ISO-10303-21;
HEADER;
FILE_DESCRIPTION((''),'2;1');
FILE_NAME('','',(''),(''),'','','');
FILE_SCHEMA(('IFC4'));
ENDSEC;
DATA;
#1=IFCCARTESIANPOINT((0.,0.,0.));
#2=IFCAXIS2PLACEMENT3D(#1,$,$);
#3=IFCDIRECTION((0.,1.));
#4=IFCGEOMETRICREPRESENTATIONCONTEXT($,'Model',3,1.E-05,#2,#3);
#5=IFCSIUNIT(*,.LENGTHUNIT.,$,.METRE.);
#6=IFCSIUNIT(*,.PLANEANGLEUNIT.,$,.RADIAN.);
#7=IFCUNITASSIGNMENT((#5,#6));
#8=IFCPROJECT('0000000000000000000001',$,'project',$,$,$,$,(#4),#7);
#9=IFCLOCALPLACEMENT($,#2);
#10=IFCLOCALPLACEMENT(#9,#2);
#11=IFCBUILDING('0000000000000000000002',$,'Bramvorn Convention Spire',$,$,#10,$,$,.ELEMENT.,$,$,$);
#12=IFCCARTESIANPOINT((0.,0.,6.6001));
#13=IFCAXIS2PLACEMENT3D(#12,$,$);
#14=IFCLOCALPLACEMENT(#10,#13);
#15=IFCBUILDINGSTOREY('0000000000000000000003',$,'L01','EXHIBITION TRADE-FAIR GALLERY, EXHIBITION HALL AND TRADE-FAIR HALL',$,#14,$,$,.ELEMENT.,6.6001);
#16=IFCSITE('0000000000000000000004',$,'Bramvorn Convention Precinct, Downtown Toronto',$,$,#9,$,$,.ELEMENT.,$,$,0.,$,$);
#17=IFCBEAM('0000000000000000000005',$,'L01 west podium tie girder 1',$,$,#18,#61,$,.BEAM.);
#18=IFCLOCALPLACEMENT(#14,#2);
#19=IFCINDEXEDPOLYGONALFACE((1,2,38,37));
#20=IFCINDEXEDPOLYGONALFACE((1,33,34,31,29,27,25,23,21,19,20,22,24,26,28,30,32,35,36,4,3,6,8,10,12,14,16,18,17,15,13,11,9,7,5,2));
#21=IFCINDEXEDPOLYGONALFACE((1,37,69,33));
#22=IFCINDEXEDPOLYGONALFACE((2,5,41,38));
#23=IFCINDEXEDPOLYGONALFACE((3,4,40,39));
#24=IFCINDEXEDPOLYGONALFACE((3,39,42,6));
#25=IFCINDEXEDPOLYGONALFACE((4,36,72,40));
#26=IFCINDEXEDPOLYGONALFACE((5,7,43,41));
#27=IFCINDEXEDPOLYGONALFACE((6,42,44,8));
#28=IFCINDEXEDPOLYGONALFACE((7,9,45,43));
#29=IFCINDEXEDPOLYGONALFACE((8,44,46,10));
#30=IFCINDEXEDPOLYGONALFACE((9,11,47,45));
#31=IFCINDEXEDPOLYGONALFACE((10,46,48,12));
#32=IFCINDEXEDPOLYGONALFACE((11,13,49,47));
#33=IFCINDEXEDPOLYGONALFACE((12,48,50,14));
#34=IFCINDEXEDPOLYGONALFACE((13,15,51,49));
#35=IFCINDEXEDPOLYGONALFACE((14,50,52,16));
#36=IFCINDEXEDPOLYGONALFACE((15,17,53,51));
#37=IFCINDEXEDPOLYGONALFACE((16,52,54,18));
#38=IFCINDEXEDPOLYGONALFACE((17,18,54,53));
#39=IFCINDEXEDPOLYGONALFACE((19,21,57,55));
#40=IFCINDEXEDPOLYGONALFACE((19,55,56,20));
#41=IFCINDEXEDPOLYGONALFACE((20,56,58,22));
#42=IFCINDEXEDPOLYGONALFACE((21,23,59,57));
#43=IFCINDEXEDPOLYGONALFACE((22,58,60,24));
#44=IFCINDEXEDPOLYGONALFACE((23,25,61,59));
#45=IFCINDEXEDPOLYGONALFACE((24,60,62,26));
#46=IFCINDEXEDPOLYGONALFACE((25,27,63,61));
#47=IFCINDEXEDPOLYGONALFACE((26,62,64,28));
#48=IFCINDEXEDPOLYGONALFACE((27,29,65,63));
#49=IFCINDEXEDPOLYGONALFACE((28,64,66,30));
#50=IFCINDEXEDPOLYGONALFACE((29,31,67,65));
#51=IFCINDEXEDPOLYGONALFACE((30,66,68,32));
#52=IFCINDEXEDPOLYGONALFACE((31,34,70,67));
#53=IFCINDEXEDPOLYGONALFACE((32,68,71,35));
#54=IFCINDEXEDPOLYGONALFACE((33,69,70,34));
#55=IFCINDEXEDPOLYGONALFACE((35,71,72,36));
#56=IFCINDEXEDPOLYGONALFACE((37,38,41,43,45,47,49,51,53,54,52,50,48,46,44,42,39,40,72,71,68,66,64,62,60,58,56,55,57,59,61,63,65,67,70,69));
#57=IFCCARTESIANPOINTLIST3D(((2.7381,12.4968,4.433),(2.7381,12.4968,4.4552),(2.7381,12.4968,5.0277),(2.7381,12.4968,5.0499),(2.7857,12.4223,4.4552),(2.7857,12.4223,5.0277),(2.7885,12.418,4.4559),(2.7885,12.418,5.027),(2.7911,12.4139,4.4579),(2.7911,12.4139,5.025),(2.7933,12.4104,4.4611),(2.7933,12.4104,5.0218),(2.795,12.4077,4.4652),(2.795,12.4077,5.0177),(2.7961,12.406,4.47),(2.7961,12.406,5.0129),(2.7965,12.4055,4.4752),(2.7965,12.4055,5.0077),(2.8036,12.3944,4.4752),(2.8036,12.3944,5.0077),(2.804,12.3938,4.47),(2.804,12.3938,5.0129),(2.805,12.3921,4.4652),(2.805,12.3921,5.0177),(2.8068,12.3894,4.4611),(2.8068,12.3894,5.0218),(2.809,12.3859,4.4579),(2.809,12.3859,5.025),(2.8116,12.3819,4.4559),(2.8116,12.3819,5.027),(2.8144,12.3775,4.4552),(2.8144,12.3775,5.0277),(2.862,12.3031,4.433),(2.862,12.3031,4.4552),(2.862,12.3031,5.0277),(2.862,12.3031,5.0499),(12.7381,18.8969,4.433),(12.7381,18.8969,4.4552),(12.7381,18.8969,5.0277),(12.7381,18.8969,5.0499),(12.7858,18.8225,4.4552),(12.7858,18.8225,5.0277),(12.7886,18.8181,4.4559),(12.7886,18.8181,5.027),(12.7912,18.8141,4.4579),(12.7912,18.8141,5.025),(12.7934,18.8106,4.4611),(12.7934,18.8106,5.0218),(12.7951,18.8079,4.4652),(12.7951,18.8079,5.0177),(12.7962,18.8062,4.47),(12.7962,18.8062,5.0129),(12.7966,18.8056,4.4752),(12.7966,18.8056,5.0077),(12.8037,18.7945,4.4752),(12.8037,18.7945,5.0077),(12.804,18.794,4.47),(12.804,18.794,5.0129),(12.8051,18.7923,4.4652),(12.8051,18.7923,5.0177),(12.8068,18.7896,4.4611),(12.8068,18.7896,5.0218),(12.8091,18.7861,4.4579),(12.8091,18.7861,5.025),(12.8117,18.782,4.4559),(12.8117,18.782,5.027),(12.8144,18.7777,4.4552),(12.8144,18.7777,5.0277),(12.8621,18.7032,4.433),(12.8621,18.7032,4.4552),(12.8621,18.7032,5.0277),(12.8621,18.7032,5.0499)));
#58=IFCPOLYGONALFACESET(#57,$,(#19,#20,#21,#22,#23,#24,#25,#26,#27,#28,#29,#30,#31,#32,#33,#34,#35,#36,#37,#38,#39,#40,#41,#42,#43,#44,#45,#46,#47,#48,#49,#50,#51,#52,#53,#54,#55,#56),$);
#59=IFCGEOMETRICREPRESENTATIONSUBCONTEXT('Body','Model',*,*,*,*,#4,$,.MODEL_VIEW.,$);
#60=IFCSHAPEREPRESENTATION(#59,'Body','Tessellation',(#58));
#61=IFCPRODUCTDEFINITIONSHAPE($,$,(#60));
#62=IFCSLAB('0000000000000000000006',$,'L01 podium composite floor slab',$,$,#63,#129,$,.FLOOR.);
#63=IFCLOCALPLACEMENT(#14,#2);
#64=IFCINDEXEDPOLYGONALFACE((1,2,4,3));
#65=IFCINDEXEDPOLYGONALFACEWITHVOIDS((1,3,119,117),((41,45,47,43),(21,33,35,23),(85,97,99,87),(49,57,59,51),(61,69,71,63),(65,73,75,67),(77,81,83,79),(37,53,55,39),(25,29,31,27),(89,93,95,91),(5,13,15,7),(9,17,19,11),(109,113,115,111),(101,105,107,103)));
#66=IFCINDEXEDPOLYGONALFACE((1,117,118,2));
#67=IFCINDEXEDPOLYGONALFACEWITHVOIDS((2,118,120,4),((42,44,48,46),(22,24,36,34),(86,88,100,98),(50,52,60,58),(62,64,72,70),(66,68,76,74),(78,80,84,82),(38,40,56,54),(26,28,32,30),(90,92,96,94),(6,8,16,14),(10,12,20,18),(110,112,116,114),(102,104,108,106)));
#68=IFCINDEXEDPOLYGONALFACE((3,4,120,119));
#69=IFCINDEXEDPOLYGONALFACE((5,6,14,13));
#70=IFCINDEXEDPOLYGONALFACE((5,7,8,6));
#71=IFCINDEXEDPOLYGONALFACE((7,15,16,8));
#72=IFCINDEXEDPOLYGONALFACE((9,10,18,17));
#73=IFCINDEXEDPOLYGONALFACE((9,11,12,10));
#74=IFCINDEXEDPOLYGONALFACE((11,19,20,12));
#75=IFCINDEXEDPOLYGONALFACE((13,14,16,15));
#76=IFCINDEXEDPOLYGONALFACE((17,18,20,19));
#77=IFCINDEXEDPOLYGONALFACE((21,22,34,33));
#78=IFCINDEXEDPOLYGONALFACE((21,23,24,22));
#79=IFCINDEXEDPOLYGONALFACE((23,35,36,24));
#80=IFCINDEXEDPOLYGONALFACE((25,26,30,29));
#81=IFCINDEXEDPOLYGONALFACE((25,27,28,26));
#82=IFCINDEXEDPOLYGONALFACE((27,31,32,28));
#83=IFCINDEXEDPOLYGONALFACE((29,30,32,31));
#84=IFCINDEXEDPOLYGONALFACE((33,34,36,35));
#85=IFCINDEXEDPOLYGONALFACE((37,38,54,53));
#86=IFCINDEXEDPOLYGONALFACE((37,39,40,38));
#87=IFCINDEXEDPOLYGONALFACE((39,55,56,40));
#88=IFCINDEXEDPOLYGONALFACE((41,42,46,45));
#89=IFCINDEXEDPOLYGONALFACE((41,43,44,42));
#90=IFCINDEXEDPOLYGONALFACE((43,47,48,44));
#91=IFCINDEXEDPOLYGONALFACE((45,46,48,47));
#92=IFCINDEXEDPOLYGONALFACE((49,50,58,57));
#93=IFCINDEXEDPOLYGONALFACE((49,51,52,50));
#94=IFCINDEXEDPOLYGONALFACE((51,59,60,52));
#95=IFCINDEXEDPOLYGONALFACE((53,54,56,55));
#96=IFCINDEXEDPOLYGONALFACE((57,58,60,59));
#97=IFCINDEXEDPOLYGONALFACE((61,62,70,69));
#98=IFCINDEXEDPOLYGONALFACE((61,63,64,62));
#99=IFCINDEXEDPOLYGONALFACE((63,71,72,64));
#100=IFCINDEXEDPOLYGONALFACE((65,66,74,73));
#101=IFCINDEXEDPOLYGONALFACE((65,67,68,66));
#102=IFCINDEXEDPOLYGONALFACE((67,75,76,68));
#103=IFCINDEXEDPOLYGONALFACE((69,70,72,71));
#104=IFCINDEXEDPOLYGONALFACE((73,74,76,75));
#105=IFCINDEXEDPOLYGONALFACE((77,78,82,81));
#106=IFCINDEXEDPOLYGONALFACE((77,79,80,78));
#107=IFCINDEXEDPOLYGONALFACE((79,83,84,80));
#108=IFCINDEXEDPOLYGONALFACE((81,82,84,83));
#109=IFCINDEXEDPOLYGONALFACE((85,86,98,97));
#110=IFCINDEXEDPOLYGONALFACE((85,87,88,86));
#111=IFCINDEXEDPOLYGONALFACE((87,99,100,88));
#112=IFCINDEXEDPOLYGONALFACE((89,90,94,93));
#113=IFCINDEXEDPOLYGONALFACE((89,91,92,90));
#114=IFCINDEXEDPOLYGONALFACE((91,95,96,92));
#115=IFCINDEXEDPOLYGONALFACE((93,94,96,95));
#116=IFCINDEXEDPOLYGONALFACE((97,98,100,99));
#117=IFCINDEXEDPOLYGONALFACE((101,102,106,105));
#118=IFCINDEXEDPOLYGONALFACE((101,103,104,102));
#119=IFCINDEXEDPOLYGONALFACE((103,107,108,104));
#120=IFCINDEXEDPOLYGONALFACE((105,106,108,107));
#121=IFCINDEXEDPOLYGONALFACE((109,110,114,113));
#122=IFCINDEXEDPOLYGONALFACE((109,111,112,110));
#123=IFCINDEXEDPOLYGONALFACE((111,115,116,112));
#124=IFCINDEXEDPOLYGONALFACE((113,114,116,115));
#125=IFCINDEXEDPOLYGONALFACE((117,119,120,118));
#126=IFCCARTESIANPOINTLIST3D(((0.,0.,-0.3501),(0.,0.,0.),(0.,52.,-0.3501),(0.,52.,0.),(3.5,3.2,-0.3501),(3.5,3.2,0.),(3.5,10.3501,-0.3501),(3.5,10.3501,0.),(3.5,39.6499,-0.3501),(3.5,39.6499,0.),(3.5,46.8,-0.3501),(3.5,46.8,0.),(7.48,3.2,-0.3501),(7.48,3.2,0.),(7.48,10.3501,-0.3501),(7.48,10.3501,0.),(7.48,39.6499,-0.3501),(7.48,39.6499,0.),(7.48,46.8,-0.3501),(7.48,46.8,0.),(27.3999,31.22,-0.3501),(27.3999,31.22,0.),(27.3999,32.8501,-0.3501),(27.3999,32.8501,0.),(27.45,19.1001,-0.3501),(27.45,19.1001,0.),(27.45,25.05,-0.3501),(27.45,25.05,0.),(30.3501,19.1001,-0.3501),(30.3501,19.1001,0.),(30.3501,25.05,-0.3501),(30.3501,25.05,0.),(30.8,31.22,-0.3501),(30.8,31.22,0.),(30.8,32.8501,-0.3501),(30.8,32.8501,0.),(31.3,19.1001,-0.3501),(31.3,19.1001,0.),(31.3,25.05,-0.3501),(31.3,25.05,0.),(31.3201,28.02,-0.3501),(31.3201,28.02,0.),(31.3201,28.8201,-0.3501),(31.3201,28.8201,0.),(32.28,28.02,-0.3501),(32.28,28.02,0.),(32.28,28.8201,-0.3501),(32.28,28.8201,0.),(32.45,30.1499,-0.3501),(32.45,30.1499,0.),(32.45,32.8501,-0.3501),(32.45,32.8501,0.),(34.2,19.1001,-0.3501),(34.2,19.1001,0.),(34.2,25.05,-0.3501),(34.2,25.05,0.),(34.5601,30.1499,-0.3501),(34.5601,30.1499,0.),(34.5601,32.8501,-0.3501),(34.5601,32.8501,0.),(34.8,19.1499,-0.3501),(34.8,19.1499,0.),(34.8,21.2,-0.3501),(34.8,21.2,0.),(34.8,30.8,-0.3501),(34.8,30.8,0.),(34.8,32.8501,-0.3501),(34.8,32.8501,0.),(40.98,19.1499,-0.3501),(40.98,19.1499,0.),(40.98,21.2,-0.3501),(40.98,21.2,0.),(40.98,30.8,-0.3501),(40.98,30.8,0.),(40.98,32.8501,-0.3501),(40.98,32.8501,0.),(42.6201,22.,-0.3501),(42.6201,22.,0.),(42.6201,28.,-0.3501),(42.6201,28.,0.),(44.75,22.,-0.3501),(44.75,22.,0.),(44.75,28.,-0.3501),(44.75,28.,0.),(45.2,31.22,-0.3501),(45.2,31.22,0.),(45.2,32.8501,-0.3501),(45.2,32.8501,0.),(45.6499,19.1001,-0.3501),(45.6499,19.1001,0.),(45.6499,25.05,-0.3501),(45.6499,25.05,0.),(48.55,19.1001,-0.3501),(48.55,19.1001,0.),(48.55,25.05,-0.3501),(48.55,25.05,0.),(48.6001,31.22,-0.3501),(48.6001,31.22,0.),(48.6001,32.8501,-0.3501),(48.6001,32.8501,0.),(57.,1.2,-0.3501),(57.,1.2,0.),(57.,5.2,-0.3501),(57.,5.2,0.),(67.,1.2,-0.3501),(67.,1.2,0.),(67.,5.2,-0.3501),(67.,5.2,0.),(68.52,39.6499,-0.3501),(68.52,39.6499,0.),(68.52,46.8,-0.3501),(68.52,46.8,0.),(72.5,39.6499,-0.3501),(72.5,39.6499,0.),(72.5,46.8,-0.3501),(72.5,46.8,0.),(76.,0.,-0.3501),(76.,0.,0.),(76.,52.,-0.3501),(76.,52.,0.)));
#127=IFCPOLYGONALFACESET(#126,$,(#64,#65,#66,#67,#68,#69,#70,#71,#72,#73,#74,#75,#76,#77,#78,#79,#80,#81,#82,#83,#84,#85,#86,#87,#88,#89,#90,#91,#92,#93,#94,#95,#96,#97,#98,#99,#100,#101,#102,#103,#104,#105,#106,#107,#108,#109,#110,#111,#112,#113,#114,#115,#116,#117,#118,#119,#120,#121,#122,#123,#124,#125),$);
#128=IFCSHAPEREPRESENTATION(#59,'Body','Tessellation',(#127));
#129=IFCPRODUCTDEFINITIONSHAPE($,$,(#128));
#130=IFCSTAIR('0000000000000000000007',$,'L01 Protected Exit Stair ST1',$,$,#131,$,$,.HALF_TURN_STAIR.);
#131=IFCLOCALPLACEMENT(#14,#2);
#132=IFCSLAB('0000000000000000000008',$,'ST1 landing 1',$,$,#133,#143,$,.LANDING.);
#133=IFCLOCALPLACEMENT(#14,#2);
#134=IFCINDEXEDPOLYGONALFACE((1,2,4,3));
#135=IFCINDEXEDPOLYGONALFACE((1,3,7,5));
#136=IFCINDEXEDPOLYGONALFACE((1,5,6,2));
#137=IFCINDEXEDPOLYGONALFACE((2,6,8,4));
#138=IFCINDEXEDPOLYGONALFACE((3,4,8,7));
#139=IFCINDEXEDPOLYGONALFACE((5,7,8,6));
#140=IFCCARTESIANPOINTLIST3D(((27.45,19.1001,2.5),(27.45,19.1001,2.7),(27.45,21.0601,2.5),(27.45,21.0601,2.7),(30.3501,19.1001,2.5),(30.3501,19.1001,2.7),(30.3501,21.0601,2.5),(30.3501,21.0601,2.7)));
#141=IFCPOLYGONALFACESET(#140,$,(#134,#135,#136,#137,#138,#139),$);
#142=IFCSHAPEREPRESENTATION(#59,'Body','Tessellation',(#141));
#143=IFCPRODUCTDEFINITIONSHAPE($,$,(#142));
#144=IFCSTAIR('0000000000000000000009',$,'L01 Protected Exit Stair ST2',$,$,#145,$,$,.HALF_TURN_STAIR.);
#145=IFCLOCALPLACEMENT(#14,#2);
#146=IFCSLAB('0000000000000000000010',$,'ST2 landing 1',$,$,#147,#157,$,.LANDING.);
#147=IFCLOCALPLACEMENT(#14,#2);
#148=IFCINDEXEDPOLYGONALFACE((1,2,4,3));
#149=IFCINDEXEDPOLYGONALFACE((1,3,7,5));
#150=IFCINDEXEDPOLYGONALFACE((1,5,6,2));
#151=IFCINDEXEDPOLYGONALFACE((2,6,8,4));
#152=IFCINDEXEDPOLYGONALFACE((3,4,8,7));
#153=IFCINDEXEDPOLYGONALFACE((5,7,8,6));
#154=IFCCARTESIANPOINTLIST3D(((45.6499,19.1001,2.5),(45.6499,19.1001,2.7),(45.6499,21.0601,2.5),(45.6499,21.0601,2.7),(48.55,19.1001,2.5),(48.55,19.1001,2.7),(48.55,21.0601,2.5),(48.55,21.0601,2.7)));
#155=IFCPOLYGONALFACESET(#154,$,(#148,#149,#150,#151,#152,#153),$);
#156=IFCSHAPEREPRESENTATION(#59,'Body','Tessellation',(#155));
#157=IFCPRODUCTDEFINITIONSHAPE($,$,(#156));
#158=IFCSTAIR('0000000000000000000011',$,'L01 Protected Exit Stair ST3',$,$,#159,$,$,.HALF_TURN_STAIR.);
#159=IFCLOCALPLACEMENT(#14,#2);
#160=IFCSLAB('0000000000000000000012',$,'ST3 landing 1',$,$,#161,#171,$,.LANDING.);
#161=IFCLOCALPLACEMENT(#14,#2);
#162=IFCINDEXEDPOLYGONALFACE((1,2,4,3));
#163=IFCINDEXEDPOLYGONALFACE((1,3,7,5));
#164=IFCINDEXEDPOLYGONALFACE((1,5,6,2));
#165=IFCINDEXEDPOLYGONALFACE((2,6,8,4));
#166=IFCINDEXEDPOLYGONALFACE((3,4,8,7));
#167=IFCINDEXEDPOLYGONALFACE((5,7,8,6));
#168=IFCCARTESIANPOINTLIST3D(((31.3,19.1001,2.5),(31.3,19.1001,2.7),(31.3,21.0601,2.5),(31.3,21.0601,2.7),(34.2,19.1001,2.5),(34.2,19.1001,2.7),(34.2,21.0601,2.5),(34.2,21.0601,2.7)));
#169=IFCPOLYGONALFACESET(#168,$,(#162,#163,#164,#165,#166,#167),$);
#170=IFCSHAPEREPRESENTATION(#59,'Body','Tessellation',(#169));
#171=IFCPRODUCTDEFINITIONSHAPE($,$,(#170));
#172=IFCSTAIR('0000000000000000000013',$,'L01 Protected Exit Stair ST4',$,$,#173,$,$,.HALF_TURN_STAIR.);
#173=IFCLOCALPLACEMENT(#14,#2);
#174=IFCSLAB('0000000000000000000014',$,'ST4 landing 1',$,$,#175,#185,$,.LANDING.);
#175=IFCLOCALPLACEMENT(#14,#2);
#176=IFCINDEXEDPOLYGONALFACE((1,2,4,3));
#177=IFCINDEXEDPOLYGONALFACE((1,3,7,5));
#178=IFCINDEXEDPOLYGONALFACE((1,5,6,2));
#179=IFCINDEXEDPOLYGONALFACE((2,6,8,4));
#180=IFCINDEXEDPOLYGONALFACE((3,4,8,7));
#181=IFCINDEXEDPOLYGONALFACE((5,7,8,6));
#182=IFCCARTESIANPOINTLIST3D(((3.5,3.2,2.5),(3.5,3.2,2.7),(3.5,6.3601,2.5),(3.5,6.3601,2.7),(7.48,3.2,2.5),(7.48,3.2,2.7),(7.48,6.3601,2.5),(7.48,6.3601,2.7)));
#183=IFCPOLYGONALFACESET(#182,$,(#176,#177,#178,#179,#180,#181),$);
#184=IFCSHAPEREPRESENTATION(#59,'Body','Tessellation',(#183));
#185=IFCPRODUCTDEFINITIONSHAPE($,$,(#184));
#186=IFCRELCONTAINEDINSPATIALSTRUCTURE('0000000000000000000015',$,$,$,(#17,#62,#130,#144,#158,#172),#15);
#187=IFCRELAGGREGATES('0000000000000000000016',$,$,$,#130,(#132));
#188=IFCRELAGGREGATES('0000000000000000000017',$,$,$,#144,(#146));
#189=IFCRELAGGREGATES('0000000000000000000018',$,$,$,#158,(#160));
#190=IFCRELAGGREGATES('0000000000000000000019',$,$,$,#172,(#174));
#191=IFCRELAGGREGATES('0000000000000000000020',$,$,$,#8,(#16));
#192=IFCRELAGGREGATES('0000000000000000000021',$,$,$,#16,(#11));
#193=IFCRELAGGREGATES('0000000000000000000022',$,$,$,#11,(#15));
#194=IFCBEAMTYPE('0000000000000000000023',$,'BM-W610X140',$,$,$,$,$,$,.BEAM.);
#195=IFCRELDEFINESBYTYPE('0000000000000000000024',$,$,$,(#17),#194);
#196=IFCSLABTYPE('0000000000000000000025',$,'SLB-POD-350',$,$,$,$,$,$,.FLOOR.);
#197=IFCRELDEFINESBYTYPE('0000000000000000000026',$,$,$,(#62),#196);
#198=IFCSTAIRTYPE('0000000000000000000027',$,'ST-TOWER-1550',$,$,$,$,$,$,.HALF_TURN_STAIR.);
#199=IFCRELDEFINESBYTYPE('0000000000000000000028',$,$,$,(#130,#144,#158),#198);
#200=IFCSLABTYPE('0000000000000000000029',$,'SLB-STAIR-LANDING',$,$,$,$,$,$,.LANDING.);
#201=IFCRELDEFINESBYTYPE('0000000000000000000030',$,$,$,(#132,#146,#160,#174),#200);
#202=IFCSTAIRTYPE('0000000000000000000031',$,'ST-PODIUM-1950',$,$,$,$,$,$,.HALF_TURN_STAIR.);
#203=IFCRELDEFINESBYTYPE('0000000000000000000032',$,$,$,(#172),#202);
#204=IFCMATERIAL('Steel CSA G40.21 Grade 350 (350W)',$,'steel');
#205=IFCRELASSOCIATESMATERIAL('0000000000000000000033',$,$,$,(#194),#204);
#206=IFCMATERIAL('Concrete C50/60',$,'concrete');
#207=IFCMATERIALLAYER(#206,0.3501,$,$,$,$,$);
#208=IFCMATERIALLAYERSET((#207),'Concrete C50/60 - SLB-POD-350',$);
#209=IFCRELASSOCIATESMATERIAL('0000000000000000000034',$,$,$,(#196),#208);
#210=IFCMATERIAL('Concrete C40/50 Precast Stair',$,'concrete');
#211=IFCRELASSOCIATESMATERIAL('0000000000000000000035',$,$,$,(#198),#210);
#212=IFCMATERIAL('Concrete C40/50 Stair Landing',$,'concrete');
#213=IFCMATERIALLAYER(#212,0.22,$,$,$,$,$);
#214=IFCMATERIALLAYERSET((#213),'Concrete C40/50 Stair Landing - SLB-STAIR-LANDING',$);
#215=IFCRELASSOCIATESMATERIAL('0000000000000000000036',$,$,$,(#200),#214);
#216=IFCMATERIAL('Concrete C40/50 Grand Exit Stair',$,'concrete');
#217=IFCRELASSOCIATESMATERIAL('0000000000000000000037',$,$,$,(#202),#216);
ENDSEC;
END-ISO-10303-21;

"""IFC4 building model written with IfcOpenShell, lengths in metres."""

from ifc_helpers import new_model, si_unit, direction, frame, origin, origin_2d, place, context, subcontext, project, spatial, polyline, i_section, outline, extrude, material, layer, layer_set, material_profile, profile_set, type_object, element, aggregate, save


model = new_model("IFC4")

# Units and contexts
model_context = context("Model", 3, precision=1e-05, world=origin(), true_north=direction((0.0, 1.0)))
body_context = subcontext(model_context, "Body", "Model", "MODEL_VIEW")
ifc_project = project(units=[si_unit("LENGTHUNIT", "METRE"), si_unit("PLANEANGLEUNIT", "RADIAN")], contexts=[model_context])

# Site, building, storey
site_placement = place(None, origin())
site = spatial("IfcSite", under=ifc_project, at=site_placement, Name="Bramvorn Convention Precinct, Downtown Toronto", CompositionType="ELEMENT", RefElevation=0.0)
building_placement = place(site_placement, origin())
building = spatial("IfcBuilding", under=site, at=building_placement, Name="Bramvorn Convention Spire", CompositionType="ELEMENT")
storey_placement = place(building_placement, frame((0.0, 0.0, 6.6001)))
storey = spatial("IfcBuildingStorey", under=building, at=storey_placement, Name="L01", Description="EXHIBITION TRADE-FAIR GALLERY, EXHIBITION HALL AND TRADE-FAIR HALL", CompositionType="ELEMENT", Elevation=6.6001)

# Beam
ifc_material_1 = material(Name="Steel CSA G40.21 Grade 350 (350W)", Category="steel")
ifc_material_profile_1 = material_profile(ifc_material_1, i_section(OverallWidth=0.23, OverallDepth=0.6169, WebThickness=0.0132, FlangeThickness=0.0222, FilletRadius=0.02, at=origin_2d()))
ifc_profile_set_1 = profile_set([ifc_material_profile_1], Name="Steel CSA G40.21 Grade 350 (350W) - W610X140")
beam_type_1 = type_object("IfcBeamType", Name="BM-W610X140", PredefinedType="BEAM", material=ifc_profile_set_1)
beam_1_placement = place(storey_placement, frame((2.8, 12.3999, 4.7415), z_axis=(0.842266, 0.539062, 0.0), x_axis=(-0.539062, 0.842266, 0.0)))
element("IfcBeam", 1, at=beam_1_placement, inside=storey, type_object=beam_type_1, Name="L01 west podium tie girder 1", PredefinedType="BEAM", context=body_context, shape_type="SweptSolid", body=[
    extrude(i_section(OverallWidth=0.23, OverallDepth=0.6169, WebThickness=0.0132, FlangeThickness=0.0222, FilletRadius=0.02, at=origin_2d()), origin(), (0.0, 0.0, 1.0), 11.8728),
])

# Slab
ifc_material_2 = material(Name="Concrete C50/60", Category="concrete")
ifc_layer_1 = layer(ifc_material_2, 0.3501)
ifc_layer_set_1 = layer_set([ifc_layer_1], Name="Concrete C50/60 - SLB-POD-350")
slab_type_1 = type_object("IfcSlabType", Name="SLB-POD-350", PredefinedType="FLOOR", material=ifc_layer_set_1)
slab_1_placement = place(storey_placement, frame((0.0, 0.0, -0.3501)))
element("IfcSlab", 2, at=slab_1_placement, inside=storey, type_object=slab_type_1, Name="L01 podium composite floor slab", PredefinedType="FLOOR", context=body_context, shape_type="SweptSolid", body=[
    extrude(outline(polyline([(0.0, 0.0), (76.0, 0.0), (76.0, 52.0), (0.0, 52.0), (0.0, 0.0)]), holes=[polyline([(27.45, 25.05), (27.45, 19.1001), (30.3501, 19.1001), (30.3501, 25.05), (27.45, 25.05)]), polyline([(45.6499, 25.05), (45.6499, 19.1001), (48.55, 19.1001), (48.55, 25.05), (45.6499, 25.05)]), polyline([(31.3, 25.05), (31.3, 19.1001), (34.2, 19.1001), (34.2, 25.05), (31.3, 25.05)]), polyline([(3.5, 10.3501), (3.5, 3.2), (7.48, 3.2), (7.48, 10.3501), (3.5, 10.3501)]), polyline([(68.52, 46.8), (68.52, 39.6499), (72.5, 39.6499), (72.5, 46.8), (68.52, 46.8)]), polyline([(3.5, 46.8), (3.5, 39.6499), (7.48, 39.6499), (7.48, 46.8), (3.5, 46.8)]), polyline([(27.3999, 31.22), (30.8, 31.22), (30.8, 32.8501), (27.3999, 32.8501), (27.3999, 31.22)]), polyline([(45.2, 31.22), (48.6001, 31.22), (48.6001, 32.8501), (45.2, 32.8501), (45.2, 31.22)]), polyline([(32.45, 30.1499), (34.5601, 30.1499), (34.5601, 32.8501), (32.45, 32.8501), (32.45, 30.1499)]), polyline([(34.8, 30.8), (40.98, 30.8), (40.98, 32.8501), (34.8, 32.8501), (34.8, 30.8)]), polyline([(34.8, 19.1499), (40.98, 19.1499), (40.98, 21.2), (34.8, 21.2), (34.8, 19.1499)]), polyline([(42.6201, 22.0), (44.75, 22.0), (44.75, 28.0), (42.6201, 28.0), (42.6201, 22.0)]), polyline([(31.3201, 28.02), (32.28, 28.02), (32.28, 28.8201), (31.3201, 28.8201), (31.3201, 28.02)]), polyline([(57.0, 1.2), (67.0, 1.2), (67.0, 5.2), (57.0, 5.2), (57.0, 1.2)])]), origin(), (0.0, 0.0, 1.0), 0.3501),
])

# Stairs, slabs
ifc_material_3 = material(Name="Concrete C40/50 Precast Stair", Category="concrete")
stair_type_1 = type_object("IfcStairType", Name="ST-TOWER-1550", PredefinedType="HALF_TURN_STAIR", material=ifc_material_3)
stair_1_placement = place(storey_placement, origin())
stair_1 = element("IfcStair", 3, at=stair_1_placement, inside=storey, type_object=stair_type_1, Name="L01 Protected Exit Stair ST1", PredefinedType="HALF_TURN_STAIR")
ifc_material_4 = material(Name="Concrete C40/50 Stair Landing", Category="concrete")
ifc_layer_2 = layer(ifc_material_4, 0.22)
ifc_layer_set_2 = layer_set([ifc_layer_2], Name="Concrete C40/50 Stair Landing - SLB-STAIR-LANDING")
slab_type_2 = type_object("IfcSlabType", Name="SLB-STAIR-LANDING", PredefinedType="LANDING", material=ifc_layer_set_2)
slab_2_placement = place(storey_placement, frame((0.0, 0.0, 2.5)))
slab_2 = element("IfcSlab", 4, at=slab_2_placement, type_object=slab_type_2, Name="ST1 landing 1", PredefinedType="LANDING", context=body_context, shape_type="SweptSolid", body=[
    extrude(outline(polyline([(27.45, 21.0601), (27.45, 19.1001), (30.3501, 19.1001), (30.3501, 21.0601), (27.45, 21.0601)])), origin(), (0.0, 0.0, 1.0), 0.2),
])
aggregate(stair_1, [slab_2])
stair_2_placement = place(storey_placement, origin())
stair_2 = element("IfcStair", 5, at=stair_2_placement, inside=storey, type_object=stair_type_1, Name="L01 Protected Exit Stair ST2", PredefinedType="HALF_TURN_STAIR")
slab_3_placement = place(storey_placement, frame((0.0, 0.0, 2.5)))
slab_3 = element("IfcSlab", 6, at=slab_3_placement, type_object=slab_type_2, Name="ST2 landing 1", PredefinedType="LANDING", context=body_context, shape_type="SweptSolid", body=[
    extrude(outline(polyline([(45.6499, 21.0601), (45.6499, 19.1001), (48.55, 19.1001), (48.55, 21.0601), (45.6499, 21.0601)])), origin(), (0.0, 0.0, 1.0), 0.2),
])
aggregate(stair_2, [slab_3])
stair_3_placement = place(storey_placement, origin())
stair_3 = element("IfcStair", 7, at=stair_3_placement, inside=storey, type_object=stair_type_1, Name="L01 Protected Exit Stair ST3", PredefinedType="HALF_TURN_STAIR")
slab_4_placement = place(storey_placement, frame((0.0, 0.0, 2.5)))
slab_4 = element("IfcSlab", 8, at=slab_4_placement, type_object=slab_type_2, Name="ST3 landing 1", PredefinedType="LANDING", context=body_context, shape_type="SweptSolid", body=[
    extrude(outline(polyline([(31.3, 21.0601), (31.3, 19.1001), (34.2, 19.1001), (34.2, 21.0601), (31.3, 21.0601)])), origin(), (0.0, 0.0, 1.0), 0.2),
])
aggregate(stair_3, [slab_4])
ifc_material_5 = material(Name="Concrete C40/50 Grand Exit Stair", Category="concrete")
stair_type_2 = type_object("IfcStairType", Name="ST-PODIUM-1950", PredefinedType="HALF_TURN_STAIR", material=ifc_material_5)
stair_4_placement = place(storey_placement, origin())
stair_4 = element("IfcStair", 9, at=stair_4_placement, inside=storey, type_object=stair_type_2, Name="L01 Protected Exit Stair ST4", PredefinedType="HALF_TURN_STAIR")
slab_5_placement = place(storey_placement, frame((0.0, 0.0, 2.5)))
slab_5 = element("IfcSlab", 10, at=slab_5_placement, type_object=slab_type_2, Name="ST4 landing 1", PredefinedType="LANDING", context=body_context, shape_type="SweptSolid", body=[
    extrude(outline(polyline([(3.5, 6.3601), (3.5, 3.2), (7.48, 3.2), (7.48, 6.3601), (3.5, 6.3601)])), origin(), (0.0, 0.0, 1.0), 0.2),
])
aggregate(stair_4, [slab_5])

save(model, "model.ifc")
